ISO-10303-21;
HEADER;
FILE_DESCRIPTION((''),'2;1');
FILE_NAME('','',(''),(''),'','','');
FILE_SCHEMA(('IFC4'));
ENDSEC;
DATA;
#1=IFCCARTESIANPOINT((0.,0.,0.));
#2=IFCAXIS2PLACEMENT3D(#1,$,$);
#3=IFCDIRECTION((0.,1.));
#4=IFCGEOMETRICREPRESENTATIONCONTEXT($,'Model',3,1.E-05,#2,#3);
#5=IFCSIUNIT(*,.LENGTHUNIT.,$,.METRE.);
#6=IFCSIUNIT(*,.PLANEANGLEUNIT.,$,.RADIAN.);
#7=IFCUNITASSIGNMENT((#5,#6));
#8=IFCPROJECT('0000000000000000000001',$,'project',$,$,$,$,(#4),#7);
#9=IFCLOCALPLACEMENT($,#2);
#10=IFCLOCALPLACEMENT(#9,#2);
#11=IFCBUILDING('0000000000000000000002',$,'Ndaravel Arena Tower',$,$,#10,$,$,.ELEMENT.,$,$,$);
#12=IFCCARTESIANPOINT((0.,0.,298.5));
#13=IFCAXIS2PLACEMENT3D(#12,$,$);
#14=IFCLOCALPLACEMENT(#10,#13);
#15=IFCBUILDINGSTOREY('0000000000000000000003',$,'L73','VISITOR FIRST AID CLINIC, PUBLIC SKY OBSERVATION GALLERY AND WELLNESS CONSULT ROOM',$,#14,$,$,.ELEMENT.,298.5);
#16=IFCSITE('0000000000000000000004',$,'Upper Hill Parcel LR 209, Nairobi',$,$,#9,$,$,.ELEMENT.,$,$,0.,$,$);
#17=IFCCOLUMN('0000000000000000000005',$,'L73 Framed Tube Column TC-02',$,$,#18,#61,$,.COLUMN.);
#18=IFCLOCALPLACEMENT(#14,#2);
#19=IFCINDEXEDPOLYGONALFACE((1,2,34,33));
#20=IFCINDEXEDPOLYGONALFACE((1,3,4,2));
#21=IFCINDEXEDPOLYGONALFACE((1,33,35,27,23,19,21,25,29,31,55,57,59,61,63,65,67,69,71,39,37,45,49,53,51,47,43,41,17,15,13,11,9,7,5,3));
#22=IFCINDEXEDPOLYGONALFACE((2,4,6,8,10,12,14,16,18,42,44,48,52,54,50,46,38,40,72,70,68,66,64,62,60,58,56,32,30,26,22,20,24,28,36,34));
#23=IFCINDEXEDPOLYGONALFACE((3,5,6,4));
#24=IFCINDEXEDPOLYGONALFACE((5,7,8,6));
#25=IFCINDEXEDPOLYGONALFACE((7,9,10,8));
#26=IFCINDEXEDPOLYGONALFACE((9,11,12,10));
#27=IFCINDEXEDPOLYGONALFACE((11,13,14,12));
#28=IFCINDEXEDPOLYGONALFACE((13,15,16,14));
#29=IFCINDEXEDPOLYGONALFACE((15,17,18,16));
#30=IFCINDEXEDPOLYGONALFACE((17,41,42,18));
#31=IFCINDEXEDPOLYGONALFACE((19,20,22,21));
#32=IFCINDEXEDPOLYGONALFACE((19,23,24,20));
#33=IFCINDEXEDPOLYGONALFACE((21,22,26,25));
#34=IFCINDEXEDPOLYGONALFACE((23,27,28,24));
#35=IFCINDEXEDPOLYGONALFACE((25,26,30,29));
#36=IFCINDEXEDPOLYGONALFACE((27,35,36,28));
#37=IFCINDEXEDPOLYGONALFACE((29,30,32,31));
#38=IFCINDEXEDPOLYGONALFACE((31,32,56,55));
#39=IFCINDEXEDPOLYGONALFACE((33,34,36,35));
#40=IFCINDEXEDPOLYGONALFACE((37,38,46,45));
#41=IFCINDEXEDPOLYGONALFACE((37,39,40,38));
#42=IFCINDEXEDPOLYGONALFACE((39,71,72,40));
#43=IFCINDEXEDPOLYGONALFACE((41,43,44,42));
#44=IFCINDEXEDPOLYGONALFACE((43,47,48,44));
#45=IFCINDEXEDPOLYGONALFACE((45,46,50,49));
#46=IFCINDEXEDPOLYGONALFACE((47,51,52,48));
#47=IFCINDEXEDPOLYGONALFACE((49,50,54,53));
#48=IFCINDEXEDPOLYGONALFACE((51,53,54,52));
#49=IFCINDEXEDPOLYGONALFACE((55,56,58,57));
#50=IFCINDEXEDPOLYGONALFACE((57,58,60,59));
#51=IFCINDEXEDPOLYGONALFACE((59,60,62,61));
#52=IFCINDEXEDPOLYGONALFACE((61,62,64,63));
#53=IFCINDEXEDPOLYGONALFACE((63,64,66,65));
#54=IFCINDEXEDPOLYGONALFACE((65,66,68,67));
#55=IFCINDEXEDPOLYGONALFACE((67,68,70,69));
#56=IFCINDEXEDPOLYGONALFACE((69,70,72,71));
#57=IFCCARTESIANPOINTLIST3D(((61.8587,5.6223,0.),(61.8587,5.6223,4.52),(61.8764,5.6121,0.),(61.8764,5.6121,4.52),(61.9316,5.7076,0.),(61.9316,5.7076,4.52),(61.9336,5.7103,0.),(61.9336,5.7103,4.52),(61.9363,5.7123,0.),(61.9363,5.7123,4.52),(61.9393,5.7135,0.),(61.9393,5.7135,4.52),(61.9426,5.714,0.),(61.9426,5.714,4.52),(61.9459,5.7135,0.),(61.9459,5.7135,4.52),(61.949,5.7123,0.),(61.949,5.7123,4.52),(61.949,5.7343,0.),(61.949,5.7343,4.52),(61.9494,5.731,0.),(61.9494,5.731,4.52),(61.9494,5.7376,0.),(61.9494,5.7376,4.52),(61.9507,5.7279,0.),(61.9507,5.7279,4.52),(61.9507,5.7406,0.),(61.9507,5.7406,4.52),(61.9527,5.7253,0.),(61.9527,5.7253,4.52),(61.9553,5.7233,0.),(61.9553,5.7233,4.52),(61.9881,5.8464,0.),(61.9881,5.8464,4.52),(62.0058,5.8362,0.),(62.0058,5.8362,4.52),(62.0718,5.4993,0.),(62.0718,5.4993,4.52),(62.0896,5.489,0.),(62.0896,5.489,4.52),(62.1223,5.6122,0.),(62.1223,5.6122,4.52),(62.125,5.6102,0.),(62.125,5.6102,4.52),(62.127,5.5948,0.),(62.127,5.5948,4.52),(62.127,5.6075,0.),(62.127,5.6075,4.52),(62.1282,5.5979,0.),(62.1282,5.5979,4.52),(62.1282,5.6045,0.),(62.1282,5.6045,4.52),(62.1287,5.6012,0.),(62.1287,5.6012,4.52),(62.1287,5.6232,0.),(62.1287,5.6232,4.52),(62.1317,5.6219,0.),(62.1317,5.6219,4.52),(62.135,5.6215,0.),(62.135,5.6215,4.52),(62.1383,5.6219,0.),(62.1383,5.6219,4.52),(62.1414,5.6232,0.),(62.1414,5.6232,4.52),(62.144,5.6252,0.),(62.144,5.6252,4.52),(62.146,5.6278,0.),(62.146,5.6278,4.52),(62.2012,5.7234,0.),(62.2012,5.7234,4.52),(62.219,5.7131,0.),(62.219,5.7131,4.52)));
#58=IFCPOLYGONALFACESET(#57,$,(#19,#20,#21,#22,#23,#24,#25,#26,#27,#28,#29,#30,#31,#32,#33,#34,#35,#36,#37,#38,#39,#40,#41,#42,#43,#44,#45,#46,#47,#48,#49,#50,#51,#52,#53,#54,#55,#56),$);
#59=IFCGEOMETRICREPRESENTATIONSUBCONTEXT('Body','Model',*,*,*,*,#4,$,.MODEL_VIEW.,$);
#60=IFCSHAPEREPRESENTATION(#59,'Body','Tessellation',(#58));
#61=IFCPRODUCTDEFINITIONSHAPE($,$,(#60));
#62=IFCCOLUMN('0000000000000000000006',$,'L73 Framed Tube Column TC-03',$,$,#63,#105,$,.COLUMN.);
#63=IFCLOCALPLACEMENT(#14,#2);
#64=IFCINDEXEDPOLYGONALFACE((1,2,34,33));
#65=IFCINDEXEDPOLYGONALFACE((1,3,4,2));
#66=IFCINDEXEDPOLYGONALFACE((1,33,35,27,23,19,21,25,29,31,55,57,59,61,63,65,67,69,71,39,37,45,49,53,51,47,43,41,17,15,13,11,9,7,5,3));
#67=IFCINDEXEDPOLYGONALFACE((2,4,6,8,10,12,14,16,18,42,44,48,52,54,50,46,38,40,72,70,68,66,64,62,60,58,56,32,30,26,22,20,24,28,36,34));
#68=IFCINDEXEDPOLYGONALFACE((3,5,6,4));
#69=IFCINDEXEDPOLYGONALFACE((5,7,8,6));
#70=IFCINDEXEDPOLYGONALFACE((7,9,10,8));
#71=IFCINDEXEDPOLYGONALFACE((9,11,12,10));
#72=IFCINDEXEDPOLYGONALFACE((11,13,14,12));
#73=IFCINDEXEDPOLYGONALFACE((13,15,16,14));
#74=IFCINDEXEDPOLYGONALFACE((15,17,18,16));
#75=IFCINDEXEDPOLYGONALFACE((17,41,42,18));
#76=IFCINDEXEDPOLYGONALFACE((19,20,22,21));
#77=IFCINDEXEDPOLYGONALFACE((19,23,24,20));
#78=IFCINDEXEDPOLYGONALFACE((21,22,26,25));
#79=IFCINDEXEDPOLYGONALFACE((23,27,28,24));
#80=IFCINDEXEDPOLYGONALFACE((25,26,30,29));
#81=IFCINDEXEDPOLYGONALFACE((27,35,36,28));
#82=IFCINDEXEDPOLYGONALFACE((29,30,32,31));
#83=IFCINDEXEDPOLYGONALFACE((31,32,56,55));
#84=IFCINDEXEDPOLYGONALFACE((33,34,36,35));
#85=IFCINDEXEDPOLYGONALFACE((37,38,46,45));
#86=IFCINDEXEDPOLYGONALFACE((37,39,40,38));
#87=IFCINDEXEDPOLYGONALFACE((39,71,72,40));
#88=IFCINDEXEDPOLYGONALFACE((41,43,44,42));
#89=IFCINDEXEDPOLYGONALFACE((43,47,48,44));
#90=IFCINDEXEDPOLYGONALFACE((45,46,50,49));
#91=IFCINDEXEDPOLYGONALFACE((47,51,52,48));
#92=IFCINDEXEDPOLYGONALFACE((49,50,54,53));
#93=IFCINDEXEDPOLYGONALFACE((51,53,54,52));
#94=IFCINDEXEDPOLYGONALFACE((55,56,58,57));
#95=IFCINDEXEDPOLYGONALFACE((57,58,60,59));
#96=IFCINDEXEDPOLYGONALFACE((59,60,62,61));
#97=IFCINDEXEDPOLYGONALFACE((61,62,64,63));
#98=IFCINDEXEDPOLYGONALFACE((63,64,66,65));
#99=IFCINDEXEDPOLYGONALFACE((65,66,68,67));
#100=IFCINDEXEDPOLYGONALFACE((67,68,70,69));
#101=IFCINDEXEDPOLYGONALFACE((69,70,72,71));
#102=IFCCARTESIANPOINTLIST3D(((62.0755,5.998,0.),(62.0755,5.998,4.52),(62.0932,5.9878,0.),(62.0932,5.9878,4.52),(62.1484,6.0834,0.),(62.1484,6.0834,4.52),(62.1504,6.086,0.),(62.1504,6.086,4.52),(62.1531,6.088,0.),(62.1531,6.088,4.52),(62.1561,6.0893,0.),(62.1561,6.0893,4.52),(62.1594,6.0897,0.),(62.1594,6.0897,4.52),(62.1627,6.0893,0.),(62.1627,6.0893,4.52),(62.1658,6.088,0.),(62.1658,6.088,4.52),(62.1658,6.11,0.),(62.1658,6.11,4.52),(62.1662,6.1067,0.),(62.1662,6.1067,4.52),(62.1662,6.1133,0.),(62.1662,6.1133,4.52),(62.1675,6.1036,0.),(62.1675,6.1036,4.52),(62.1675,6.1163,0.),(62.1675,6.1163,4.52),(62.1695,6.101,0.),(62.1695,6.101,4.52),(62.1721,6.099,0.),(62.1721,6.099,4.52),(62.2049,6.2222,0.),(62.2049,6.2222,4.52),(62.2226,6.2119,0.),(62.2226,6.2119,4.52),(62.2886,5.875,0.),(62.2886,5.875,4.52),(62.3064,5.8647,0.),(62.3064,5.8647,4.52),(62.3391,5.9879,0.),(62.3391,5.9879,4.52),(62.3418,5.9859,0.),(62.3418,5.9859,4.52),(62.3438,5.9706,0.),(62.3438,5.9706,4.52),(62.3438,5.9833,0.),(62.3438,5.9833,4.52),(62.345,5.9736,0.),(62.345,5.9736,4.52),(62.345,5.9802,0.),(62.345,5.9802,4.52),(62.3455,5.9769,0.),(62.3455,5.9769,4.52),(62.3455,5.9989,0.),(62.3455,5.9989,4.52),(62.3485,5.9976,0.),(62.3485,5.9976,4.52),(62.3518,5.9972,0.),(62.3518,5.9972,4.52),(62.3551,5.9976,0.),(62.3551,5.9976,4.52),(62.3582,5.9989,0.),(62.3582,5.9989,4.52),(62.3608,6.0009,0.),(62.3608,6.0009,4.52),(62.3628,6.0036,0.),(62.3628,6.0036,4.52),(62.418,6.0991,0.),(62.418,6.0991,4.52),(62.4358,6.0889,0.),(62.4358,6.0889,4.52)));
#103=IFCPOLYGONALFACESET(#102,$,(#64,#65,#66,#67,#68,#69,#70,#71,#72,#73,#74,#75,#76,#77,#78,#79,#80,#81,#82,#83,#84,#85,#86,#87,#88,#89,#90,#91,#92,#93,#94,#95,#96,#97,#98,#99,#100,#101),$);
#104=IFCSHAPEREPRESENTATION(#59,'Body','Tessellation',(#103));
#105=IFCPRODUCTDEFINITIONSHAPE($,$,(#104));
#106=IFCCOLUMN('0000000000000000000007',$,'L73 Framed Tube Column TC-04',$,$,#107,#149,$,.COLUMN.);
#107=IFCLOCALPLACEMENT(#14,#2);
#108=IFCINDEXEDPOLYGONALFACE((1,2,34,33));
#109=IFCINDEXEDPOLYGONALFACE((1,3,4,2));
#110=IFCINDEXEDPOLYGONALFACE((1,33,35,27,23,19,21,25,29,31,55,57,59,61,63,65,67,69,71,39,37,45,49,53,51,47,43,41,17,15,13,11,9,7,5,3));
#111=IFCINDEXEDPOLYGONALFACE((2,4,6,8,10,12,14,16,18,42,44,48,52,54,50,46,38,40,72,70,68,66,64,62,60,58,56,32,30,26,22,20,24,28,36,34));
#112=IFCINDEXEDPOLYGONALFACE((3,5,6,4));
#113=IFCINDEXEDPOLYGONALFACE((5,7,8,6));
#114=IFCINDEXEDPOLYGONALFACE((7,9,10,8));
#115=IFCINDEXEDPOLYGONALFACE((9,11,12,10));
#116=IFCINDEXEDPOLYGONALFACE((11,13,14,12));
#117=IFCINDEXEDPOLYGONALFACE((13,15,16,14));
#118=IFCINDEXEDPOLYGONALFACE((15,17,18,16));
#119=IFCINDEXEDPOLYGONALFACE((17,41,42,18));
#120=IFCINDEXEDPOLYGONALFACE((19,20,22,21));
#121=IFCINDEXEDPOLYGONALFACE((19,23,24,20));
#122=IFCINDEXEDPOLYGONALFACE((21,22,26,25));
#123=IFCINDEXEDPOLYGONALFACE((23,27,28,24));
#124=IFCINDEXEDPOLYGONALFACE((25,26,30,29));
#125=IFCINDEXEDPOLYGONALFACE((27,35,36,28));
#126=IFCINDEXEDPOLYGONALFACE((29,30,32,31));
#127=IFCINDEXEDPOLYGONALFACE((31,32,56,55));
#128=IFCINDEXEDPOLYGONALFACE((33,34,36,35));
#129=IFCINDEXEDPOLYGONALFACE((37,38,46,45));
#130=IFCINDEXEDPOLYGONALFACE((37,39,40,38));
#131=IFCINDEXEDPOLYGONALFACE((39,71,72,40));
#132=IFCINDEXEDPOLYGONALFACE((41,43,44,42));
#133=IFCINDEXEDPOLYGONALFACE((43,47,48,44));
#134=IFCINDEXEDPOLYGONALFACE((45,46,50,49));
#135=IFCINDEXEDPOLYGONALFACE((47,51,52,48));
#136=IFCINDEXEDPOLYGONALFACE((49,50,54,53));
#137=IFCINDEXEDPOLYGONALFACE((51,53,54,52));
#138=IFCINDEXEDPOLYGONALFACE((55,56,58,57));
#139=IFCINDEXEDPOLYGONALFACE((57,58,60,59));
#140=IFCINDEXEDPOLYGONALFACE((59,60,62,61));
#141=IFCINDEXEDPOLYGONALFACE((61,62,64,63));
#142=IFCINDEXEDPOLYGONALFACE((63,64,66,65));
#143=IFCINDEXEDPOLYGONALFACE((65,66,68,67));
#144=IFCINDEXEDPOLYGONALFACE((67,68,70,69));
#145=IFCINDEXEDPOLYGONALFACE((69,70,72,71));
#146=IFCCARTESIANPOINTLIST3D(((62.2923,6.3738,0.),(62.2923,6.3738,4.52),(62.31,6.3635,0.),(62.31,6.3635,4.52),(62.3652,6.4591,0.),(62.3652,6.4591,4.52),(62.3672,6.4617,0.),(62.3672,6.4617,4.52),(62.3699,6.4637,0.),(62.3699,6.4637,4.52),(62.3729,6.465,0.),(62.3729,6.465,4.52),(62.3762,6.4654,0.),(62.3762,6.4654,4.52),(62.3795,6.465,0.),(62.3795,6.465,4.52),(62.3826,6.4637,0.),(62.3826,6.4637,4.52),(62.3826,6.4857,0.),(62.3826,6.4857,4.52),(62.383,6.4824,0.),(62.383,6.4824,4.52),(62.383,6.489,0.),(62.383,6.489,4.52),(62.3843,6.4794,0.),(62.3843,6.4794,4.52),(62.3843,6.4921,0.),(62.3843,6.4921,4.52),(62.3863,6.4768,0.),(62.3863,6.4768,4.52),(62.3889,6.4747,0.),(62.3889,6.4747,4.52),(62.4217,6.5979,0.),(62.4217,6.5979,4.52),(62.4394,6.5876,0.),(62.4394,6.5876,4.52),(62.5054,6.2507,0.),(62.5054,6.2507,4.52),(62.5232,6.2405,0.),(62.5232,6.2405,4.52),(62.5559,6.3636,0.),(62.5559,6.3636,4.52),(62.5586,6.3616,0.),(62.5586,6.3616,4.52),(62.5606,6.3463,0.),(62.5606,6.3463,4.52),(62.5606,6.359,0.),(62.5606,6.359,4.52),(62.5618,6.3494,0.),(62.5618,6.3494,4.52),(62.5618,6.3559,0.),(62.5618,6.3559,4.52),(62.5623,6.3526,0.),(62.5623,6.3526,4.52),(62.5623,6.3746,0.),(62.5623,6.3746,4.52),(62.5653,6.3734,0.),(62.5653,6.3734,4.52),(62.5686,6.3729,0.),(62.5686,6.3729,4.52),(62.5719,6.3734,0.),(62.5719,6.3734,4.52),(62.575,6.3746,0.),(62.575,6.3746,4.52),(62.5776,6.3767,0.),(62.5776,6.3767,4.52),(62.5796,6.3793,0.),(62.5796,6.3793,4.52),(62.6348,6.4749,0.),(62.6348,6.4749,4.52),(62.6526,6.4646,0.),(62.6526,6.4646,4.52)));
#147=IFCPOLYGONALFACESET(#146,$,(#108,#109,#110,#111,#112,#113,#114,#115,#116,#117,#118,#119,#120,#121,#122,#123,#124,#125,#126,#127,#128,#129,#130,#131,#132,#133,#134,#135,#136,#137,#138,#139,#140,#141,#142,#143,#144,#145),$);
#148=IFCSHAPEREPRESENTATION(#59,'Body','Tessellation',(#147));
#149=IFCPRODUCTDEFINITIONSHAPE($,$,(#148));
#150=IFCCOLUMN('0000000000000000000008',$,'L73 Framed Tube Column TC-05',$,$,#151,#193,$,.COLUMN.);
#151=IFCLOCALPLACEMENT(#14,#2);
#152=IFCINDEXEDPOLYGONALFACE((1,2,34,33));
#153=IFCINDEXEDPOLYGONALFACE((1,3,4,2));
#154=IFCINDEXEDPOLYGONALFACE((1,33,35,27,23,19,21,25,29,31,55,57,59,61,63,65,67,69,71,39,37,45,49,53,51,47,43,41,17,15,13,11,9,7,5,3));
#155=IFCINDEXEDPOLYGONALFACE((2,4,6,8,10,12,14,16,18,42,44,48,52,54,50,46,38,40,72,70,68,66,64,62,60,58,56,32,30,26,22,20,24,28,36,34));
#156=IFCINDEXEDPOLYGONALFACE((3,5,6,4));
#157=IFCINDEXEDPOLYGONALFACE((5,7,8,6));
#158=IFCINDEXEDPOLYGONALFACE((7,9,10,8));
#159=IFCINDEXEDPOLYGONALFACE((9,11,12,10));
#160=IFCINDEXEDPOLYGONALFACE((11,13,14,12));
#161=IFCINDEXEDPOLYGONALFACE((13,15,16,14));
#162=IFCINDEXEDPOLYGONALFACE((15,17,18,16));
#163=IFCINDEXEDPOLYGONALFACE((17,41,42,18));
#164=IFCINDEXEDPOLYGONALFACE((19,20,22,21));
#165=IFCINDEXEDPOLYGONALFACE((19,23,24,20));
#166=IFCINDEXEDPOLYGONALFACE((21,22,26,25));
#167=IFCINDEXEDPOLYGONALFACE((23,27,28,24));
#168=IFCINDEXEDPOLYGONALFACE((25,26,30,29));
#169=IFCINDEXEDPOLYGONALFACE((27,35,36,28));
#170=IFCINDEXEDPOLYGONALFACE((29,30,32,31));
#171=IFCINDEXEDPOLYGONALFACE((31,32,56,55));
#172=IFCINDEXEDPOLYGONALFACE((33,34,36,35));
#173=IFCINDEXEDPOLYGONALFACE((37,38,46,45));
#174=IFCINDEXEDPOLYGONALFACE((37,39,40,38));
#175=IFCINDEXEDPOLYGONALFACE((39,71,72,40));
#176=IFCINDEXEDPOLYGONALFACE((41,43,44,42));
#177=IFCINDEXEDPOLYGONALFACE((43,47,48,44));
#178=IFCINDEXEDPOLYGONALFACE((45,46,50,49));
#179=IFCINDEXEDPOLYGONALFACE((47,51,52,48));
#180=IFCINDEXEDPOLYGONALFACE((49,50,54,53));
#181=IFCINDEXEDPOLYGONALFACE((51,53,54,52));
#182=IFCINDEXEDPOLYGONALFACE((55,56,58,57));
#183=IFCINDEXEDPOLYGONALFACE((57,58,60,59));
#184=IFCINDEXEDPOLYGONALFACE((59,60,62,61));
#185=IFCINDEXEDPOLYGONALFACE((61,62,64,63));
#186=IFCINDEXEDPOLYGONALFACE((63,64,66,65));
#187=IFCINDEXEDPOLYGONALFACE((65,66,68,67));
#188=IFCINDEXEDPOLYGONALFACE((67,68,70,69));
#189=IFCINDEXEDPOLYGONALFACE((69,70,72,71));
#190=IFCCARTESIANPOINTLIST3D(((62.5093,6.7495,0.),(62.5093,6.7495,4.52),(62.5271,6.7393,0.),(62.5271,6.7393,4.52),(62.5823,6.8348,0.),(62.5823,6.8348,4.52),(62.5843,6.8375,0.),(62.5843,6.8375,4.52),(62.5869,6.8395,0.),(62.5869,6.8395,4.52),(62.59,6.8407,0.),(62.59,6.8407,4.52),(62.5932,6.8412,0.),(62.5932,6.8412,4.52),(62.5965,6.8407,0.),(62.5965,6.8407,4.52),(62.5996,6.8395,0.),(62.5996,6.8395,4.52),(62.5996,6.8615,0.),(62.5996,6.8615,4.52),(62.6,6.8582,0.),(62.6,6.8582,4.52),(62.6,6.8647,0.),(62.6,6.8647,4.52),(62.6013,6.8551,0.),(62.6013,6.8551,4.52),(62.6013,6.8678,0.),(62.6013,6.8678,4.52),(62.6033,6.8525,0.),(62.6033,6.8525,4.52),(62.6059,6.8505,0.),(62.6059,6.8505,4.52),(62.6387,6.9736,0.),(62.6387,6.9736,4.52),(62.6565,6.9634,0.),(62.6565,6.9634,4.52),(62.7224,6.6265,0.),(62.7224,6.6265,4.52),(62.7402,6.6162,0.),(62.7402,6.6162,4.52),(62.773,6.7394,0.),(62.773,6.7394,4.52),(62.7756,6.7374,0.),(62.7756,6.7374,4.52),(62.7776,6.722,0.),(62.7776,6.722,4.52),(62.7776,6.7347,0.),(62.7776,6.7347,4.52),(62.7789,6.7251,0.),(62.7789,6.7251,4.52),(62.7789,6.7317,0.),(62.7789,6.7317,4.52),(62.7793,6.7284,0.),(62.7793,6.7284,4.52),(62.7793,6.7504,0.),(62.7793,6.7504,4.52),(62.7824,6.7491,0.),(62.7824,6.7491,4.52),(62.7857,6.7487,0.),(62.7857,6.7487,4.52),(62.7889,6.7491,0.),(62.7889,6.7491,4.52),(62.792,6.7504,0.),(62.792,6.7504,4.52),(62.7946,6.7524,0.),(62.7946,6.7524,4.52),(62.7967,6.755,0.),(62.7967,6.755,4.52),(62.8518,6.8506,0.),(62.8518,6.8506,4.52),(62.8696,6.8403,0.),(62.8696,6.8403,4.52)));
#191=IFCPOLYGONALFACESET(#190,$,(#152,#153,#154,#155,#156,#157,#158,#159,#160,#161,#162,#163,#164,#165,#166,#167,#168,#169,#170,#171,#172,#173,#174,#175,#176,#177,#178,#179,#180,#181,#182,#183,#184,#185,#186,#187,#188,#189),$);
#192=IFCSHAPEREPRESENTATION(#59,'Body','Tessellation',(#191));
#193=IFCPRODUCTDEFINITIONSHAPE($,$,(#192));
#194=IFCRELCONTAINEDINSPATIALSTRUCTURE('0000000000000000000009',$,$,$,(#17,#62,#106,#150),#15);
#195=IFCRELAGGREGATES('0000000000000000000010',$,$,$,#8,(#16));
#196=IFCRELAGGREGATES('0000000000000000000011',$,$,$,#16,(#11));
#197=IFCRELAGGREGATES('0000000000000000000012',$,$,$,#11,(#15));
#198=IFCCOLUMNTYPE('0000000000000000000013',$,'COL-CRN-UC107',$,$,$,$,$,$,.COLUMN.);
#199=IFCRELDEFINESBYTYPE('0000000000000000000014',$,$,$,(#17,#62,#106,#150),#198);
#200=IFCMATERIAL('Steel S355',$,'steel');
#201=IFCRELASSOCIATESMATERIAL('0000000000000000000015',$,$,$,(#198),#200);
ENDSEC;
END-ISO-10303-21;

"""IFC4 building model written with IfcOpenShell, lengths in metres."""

from ifc_helpers import new_model, si_unit, direction, frame, origin, origin_2d, place, context, subcontext, project, spatial, i_section, extrude, material, material_profile, profile_set, type_object, element, save


model = new_model("IFC4")

# Units and contexts
model_context = context("Model", 3, precision=1e-05, world=origin(), true_north=direction((0.0, 1.0)))
body_context = subcontext(model_context, "Body", "Model", "MODEL_VIEW")
ifc_project = project(units=[si_unit("LENGTHUNIT", "METRE"), si_unit("PLANEANGLEUNIT", "RADIAN")], contexts=[model_context])

# Site, building, storey
site_placement = place(None, origin())
site = spatial("IfcSite", under=ifc_project, at=site_placement, Name="Upper Hill Parcel LR 209, Nairobi", CompositionType="ELEMENT", RefElevation=0.0)
building_placement = place(site_placement, origin())
building = spatial("IfcBuilding", under=site, at=building_placement, Name="Ndaravel Arena Tower", CompositionType="ELEMENT")
storey_placement = place(building_placement, frame((0.0, 0.0, 298.5)))
storey = spatial("IfcBuildingStorey", under=building, at=storey_placement, Name="L73", Description="VISITOR FIRST AID CLINIC, PUBLIC SKY OBSERVATION GALLERY AND WELLNESS CONSULT ROOM", CompositionType="ELEMENT", Elevation=298.5)

# Columns
ifc_material_1 = material(Name="Steel S355", Category="steel")
ifc_material_profile_1 = material_profile(ifc_material_1, i_section(OverallWidth=0.2588, OverallDepth=0.2666, WebThickness=0.0127, FlangeThickness=0.0205, FilletRadius=0.0127, at=origin_2d()), Name="UC 254x254x107")
ifc_profile_set_1 = profile_set([ifc_material_profile_1], Name="Steel S355")
column_type = type_object("IfcColumnType", Name="COL-CRN-UC107", PredefinedType="COLUMN", material=ifc_profile_set_1)
for number, where, z_axis, x_axis, name in (
    (1, (62.0388, 5.6677, 0.0), (0.0, 0.0, 1.0), (0.5, 0.866025, 0.0), "L73 Framed Tube Column TC-02"),
    (2, (62.2556, 6.0435, 0.0), (0.0, 0.0, 1.0), (0.5, 0.866025, 0.0), "L73 Framed Tube Column TC-03"),
    (3, (62.4724, 6.4192, 0.0), (0.0, 0.0, 1.0), (0.5, 0.866025, 0.0), "L73 Framed Tube Column TC-04"),
    (4, (62.6895, 6.7949, 0.0), (0.0, 0.0, 1.0), (0.5, 0.866025, 0.0), "L73 Framed Tube Column TC-05"),
):
    element("IfcColumn", number, at=place(storey_placement, frame(where, z_axis=z_axis, x_axis=x_axis)), inside=storey, type_object=column_type, Name=name, PredefinedType="COLUMN", context=body_context, shape_type="SweptSolid", body=[
        extrude(i_section(OverallWidth=0.2588, OverallDepth=0.2666, WebThickness=0.0127, FlangeThickness=0.0205, FilletRadius=0.0127, at=origin_2d()), origin(), (0.0, 0.0, 1.0), 4.52),
    ])

save(model, "model.ifc")
